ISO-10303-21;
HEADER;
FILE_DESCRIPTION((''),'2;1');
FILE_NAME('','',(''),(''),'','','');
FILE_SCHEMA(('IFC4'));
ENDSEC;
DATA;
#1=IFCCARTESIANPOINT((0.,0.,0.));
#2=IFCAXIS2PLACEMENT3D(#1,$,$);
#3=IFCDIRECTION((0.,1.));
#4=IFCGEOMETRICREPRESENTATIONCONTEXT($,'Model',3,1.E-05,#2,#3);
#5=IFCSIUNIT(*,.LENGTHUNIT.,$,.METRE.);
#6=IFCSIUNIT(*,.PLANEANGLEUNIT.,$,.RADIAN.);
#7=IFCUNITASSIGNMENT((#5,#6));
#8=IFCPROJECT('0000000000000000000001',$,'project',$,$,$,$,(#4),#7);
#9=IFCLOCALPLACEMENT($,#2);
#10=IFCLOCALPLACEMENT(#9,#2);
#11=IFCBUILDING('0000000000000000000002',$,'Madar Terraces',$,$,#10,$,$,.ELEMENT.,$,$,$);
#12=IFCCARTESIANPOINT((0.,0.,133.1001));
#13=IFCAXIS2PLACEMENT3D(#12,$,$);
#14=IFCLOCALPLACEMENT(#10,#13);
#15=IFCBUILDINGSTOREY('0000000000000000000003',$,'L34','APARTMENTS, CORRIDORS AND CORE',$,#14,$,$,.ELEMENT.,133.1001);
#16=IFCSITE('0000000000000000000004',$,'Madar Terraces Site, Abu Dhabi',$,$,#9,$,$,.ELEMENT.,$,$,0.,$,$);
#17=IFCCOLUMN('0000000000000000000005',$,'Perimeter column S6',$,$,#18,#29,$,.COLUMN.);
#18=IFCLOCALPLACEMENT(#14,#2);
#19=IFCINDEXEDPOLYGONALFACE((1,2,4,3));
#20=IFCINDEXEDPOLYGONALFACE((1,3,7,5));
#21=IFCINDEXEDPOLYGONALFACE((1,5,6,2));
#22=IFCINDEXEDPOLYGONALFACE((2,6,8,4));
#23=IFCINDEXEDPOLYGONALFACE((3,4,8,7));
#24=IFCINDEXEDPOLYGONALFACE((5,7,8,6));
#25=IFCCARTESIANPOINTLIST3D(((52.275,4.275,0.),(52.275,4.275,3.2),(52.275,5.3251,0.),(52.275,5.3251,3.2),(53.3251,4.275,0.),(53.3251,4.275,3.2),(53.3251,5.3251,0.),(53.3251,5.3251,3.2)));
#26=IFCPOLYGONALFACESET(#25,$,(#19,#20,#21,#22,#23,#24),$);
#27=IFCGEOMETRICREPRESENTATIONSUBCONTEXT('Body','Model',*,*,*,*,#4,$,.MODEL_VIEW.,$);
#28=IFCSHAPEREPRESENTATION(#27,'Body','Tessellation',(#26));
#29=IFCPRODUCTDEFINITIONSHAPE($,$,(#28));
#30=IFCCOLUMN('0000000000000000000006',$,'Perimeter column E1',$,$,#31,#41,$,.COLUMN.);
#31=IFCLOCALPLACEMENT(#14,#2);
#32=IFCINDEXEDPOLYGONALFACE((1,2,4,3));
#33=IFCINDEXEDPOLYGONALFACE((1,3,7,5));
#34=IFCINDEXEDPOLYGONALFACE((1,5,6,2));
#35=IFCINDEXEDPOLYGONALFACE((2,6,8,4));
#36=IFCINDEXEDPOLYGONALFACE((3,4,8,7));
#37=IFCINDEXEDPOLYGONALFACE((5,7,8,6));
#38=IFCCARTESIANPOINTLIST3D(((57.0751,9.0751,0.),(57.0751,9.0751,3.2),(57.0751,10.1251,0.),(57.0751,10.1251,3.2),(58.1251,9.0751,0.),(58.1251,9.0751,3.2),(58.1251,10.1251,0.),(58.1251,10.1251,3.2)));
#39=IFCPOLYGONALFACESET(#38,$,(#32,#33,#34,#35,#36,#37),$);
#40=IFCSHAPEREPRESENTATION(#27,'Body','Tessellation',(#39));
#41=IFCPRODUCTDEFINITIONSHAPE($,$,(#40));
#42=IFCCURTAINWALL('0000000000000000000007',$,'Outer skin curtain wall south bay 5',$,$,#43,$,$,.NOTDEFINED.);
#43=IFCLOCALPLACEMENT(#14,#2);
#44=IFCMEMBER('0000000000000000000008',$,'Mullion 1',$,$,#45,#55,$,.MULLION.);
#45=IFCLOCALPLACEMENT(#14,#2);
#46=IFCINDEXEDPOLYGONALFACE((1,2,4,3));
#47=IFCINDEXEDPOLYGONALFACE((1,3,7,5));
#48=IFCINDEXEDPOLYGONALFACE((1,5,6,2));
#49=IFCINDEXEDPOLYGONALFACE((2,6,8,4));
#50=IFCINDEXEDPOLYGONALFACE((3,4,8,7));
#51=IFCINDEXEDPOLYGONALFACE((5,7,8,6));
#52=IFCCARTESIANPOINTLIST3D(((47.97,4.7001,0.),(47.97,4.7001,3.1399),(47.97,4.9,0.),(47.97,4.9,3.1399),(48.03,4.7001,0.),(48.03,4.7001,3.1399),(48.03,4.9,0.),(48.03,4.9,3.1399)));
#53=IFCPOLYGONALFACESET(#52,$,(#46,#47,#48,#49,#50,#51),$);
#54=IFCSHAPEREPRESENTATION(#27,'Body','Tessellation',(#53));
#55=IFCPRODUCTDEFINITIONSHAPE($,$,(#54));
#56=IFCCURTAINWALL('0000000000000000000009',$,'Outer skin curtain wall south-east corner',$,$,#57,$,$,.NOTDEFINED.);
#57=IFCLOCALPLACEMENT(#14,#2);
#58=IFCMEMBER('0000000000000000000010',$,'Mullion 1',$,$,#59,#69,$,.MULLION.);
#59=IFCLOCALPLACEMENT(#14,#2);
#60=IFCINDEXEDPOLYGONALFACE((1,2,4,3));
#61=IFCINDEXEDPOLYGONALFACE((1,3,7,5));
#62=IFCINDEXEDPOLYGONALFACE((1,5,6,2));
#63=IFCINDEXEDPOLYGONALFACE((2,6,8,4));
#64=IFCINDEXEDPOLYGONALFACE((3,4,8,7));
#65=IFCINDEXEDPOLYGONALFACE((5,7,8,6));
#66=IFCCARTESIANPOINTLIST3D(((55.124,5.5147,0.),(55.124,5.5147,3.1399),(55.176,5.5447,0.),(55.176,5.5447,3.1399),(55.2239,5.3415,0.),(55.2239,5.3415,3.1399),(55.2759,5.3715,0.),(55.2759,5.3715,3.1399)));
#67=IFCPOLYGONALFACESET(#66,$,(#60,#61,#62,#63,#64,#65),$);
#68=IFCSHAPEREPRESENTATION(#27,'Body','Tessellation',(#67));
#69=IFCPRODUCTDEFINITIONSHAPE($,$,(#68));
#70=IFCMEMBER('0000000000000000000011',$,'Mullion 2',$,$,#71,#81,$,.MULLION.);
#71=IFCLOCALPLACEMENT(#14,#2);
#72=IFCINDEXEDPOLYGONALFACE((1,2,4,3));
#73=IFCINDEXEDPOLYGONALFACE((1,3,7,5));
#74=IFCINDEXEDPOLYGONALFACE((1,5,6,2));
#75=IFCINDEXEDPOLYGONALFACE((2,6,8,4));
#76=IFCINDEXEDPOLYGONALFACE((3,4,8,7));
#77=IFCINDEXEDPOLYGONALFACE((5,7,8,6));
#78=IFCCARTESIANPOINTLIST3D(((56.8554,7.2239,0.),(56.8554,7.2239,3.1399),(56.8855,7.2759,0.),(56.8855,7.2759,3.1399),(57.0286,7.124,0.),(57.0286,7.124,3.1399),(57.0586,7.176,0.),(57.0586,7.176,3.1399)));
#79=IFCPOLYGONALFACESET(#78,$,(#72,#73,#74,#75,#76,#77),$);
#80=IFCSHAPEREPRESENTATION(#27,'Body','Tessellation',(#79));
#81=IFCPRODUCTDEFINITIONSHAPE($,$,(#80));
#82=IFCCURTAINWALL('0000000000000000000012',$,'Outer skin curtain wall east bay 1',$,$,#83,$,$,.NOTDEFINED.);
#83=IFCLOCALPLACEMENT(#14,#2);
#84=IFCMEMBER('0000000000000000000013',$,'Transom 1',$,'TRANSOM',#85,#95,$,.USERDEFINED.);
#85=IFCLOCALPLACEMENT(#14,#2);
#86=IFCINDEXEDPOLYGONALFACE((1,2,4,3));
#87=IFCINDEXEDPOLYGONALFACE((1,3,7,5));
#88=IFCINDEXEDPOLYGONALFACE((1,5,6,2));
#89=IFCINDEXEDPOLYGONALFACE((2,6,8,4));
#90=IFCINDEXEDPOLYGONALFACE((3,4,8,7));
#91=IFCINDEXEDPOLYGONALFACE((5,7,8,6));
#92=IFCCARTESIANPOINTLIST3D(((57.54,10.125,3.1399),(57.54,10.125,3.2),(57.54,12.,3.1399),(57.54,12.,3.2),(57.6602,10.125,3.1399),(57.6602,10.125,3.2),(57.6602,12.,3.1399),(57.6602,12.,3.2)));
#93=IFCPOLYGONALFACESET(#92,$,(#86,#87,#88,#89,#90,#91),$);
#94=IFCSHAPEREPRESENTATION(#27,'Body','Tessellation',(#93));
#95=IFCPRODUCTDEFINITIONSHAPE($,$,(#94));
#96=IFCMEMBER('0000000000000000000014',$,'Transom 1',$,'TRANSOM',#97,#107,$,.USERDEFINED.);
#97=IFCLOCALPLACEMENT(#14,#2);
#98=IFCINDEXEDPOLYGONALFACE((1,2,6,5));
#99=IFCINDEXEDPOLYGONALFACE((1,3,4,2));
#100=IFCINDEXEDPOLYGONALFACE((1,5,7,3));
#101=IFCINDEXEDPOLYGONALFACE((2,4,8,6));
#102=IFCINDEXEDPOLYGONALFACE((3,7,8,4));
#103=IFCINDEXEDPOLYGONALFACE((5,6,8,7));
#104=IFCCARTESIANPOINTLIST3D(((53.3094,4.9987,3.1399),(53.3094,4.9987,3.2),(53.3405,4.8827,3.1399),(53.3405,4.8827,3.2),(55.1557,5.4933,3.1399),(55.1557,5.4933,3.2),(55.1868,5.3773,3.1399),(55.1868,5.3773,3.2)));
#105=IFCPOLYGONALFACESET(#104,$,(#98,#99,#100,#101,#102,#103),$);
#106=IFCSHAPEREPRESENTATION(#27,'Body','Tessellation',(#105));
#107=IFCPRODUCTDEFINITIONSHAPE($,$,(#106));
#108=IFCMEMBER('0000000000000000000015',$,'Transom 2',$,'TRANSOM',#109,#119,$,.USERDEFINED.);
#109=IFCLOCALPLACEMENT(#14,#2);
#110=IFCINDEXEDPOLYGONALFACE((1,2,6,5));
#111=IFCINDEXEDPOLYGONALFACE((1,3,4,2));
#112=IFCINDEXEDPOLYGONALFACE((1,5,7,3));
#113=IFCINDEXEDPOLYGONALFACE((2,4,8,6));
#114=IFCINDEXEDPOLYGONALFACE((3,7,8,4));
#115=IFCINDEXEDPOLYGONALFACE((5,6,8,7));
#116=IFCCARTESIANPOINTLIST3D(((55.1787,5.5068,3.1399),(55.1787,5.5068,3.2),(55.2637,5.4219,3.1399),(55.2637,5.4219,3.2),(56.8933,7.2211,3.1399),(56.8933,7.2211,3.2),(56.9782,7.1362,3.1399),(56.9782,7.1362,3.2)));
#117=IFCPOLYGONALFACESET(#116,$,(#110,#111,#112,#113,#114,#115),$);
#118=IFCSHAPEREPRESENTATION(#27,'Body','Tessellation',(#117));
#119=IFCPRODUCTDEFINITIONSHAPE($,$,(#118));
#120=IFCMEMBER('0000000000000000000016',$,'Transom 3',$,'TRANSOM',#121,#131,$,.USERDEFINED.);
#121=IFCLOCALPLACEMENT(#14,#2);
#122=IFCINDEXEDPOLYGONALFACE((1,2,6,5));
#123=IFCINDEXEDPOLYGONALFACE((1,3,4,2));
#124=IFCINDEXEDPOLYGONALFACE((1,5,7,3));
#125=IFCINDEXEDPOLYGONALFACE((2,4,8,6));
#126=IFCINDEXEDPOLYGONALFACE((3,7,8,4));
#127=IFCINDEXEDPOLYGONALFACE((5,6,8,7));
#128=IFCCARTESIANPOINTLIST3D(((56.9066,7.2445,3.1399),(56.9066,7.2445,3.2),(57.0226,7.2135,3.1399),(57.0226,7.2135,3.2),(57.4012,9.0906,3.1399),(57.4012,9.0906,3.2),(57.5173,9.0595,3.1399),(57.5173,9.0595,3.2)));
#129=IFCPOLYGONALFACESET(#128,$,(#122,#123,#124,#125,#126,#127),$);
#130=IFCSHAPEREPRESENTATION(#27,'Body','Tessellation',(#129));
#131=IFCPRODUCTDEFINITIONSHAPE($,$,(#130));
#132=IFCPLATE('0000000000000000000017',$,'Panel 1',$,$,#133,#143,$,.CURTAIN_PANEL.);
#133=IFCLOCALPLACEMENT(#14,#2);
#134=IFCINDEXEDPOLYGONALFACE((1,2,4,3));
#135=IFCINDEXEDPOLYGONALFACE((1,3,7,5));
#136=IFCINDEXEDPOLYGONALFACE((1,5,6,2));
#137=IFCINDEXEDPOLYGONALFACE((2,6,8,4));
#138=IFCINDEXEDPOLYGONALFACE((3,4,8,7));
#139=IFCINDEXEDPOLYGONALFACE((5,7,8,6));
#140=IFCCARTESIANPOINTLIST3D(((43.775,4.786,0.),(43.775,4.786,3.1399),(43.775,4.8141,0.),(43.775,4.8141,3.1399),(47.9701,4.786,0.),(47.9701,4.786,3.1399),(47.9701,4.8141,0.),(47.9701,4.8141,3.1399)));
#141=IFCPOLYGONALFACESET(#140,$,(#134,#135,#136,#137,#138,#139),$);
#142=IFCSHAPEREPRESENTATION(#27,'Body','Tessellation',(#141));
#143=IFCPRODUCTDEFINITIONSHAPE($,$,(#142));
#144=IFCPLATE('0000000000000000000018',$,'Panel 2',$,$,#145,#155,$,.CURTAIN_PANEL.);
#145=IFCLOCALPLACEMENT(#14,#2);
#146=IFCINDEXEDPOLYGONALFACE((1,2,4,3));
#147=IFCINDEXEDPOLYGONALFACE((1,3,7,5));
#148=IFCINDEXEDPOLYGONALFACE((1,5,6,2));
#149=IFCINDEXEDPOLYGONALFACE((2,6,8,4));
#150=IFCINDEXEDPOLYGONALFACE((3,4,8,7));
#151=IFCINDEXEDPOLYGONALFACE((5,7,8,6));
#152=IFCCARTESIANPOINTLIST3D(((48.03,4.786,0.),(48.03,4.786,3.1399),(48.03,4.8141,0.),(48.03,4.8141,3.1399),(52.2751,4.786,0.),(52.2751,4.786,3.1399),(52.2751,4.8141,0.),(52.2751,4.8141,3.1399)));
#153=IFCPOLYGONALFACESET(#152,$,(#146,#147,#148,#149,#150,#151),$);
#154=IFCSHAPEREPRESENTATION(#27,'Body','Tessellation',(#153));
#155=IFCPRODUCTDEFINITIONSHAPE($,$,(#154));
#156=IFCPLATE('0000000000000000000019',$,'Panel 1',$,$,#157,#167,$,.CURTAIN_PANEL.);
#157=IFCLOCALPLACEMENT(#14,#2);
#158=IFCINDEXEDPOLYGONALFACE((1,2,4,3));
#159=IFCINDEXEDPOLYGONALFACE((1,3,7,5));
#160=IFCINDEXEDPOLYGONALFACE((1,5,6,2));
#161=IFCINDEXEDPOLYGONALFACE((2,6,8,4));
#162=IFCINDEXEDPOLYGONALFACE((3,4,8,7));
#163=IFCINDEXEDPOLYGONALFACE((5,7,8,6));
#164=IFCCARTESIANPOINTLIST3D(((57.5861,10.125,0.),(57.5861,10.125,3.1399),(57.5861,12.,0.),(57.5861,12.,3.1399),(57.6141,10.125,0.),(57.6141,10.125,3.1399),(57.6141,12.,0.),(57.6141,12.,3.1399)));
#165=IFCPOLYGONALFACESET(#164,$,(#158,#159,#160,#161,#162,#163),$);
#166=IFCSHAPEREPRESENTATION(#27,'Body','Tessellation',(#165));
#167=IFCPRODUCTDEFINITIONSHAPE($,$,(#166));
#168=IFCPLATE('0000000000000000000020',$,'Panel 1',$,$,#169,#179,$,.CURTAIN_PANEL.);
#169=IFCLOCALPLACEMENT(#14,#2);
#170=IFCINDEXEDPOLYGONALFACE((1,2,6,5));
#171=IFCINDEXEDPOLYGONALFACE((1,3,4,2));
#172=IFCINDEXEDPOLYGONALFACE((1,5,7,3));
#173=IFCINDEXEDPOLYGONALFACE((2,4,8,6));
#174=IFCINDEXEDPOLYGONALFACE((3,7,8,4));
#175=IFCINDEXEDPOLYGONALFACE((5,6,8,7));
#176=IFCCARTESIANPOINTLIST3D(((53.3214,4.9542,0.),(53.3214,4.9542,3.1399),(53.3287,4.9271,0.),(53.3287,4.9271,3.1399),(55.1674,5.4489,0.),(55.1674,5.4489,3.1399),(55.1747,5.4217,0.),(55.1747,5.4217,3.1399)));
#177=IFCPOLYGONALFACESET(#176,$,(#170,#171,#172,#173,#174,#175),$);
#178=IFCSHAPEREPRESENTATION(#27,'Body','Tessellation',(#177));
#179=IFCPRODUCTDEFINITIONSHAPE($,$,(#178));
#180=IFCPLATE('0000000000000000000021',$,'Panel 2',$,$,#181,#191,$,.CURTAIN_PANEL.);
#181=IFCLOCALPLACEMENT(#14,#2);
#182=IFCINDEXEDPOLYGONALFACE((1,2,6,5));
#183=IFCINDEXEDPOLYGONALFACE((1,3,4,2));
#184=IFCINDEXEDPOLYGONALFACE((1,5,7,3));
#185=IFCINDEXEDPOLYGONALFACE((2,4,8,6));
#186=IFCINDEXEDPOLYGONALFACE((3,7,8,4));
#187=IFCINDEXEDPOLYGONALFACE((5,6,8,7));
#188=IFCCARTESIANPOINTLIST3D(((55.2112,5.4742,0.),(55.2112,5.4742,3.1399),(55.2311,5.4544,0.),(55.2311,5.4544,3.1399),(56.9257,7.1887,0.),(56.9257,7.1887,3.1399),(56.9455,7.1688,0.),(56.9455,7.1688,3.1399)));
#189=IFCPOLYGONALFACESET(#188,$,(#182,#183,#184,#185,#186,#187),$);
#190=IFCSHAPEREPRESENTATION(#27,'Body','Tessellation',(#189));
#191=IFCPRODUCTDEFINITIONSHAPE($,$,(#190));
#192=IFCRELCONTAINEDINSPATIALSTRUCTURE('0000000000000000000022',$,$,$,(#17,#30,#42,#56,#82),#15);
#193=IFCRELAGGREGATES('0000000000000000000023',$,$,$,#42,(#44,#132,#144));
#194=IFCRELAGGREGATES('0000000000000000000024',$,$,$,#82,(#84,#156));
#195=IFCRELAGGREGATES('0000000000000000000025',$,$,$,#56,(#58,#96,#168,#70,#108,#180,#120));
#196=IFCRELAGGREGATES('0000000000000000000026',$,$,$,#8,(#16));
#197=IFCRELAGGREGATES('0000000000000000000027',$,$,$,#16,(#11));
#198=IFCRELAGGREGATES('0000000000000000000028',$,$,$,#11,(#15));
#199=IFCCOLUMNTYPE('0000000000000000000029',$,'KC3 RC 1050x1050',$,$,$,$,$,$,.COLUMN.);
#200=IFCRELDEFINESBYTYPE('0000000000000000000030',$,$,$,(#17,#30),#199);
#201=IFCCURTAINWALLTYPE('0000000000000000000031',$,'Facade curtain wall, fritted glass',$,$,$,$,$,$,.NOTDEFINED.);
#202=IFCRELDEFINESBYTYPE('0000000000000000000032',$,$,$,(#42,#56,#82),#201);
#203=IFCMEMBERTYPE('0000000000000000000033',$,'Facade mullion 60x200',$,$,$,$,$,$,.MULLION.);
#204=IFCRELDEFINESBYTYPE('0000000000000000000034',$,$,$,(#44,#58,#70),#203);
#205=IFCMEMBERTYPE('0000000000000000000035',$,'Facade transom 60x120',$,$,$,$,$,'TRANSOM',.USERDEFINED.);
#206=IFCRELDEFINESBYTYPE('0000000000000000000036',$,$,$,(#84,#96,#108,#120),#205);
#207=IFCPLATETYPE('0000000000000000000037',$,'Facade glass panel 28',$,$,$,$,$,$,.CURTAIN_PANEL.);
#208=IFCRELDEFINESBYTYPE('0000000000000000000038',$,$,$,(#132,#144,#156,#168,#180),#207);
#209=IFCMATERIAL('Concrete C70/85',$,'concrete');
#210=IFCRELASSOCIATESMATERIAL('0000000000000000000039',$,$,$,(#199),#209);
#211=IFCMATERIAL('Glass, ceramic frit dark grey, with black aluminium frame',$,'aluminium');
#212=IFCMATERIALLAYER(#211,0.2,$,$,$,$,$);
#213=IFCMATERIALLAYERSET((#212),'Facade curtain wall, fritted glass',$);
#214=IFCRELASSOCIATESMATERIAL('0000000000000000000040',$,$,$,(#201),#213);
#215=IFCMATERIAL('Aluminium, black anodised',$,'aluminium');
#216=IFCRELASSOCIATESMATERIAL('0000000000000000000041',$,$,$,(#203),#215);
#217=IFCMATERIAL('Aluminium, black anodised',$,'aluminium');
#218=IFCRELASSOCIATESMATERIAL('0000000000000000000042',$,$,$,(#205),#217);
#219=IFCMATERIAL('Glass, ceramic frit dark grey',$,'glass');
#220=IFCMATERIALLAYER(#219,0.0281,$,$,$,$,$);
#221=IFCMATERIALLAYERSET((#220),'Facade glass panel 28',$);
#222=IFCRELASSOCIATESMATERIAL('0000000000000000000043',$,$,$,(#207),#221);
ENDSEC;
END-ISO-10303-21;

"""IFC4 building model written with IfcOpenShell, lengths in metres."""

from ifc_helpers import new_model, si_unit, direction, frame, origin, origin_2d, place, context, subcontext, project, spatial, rectangle, extrude, material, layer, layer_set, material_profile, profile_set, type_object, element, aggregate, save


model = new_model("IFC4")

# Units and contexts
model_context = context("Model", 3, precision=1e-05, world=origin(), true_north=direction((0.0, 1.0)))
body_context = subcontext(model_context, "Body", "Model", "MODEL_VIEW")
ifc_project = project(units=[si_unit("LENGTHUNIT", "METRE"), si_unit("PLANEANGLEUNIT", "RADIAN")], contexts=[model_context])

# Site, building, storey
site_placement = place(None, origin())
site = spatial("IfcSite", under=ifc_project, at=site_placement, Name="Madar Terraces Site, Abu Dhabi", CompositionType="ELEMENT", RefElevation=0.0)
building_placement = place(site_placement, origin())
building = spatial("IfcBuilding", under=site, at=building_placement, Name="Madar Terraces", CompositionType="ELEMENT")
storey_placement = place(building_placement, frame((0.0, 0.0, 133.1001)))
storey = spatial("IfcBuildingStorey", under=building, at=storey_placement, Name="L34", Description="APARTMENTS, CORRIDORS AND CORE", CompositionType="ELEMENT", Elevation=133.1001)

# Columns
ifc_material_1 = material(Name="Concrete C70/85", Category="concrete")
ifc_material_profile_1 = material_profile(ifc_material_1, rectangle(XDim=1.05, YDim=1.05, at=origin_2d()), Name="KC3 RC 1050x1050")
ifc_profile_set_1 = profile_set([ifc_material_profile_1], Name="Concrete C70/85")
column_type = type_object("IfcColumnType", Name="KC3 RC 1050x1050", PredefinedType="COLUMN", material=ifc_profile_set_1)
for number, where, z_axis, x_axis, name in (
    (1, (52.8, 4.8, 0.0), (0.0, 0.0, 1.0), (1.0, 0.0, 0.0), "Perimeter column S6"),
    (2, (57.6001, 9.6001, 0.0), (0.0, 0.0, 1.0), (1.0, 0.0, 0.0), "Perimeter column E1"),
):
    element("IfcColumn", number, at=place(storey_placement, frame(where, z_axis=z_axis, x_axis=x_axis)), inside=storey, type_object=column_type, Name=name, PredefinedType="COLUMN", context=body_context, shape_type="SweptSolid", body=[
        extrude(rectangle(XDim=1.05, YDim=1.05, at=origin_2d()), origin(), (0.0, 0.0, 1.0), 3.2),
    ])

# Curtain wall, member
ifc_material_2 = material(Name="Glass, ceramic frit dark grey, with black aluminium frame", Category="aluminium")
ifc_layer_1 = layer(ifc_material_2, 0.2)
ifc_layer_set_1 = layer_set([ifc_layer_1], Name="Facade curtain wall, fritted glass")
curtain_wall_type = type_object("IfcCurtainWallType", Name="Facade curtain wall, fritted glass", PredefinedType="NOTDEFINED", material=ifc_layer_set_1)
curtain_wall_1_placement = place(storey_placement, origin())
curtain_wall_1 = element("IfcCurtainWall", 3, at=curtain_wall_1_placement, inside=storey, type_object=curtain_wall_type, Name="Outer skin curtain wall south bay 5", PredefinedType="NOTDEFINED")
ifc_material_3 = material(Name="Aluminium, black anodised", Category="aluminium")
ifc_material_profile_2 = material_profile(ifc_material_3, rectangle(XDim=0.2, YDim=0.0601, at=origin_2d()), Name="Facade mullion 60x200")
ifc_profile_set_2 = profile_set([ifc_material_profile_2], Name="Aluminium, black anodised")
member_type_1 = type_object("IfcMemberType", Name="Facade mullion 60x200", PredefinedType="MULLION", material=ifc_profile_set_2)
member_1_placement = place(storey_placement, frame((48.0, 4.8, 0.0), z_axis=(0.0, 0.0, 1.0), x_axis=(0.0, 1.0, 0.0)))
member_1 = element("IfcMember", 4, at=member_1_placement, type_object=member_type_1, Name="Mullion 1", PredefinedType="MULLION", context=body_context, shape_type="SweptSolid", body=[
    extrude(rectangle(XDim=0.2, YDim=0.0601, at=origin_2d()), origin(), (0.0, 0.0, 1.0), 3.1399),
])

# Curtain wall, members
curtain_wall_2_placement = place(storey_placement, origin())
curtain_wall_2 = element("IfcCurtainWall", 5, at=curtain_wall_2_placement, inside=storey, type_object=curtain_wall_type, Name="Outer skin curtain wall south-east corner", PredefinedType="NOTDEFINED")
member_2_placement = place(storey_placement, frame((55.2, 5.4431, 0.0), z_axis=(0.0, 0.0, 1.0), x_axis=(-0.5, 0.866025, 0.0)))
member_2 = element("IfcMember", 6, at=member_2_placement, type_object=member_type_1, Name="Mullion 1", PredefinedType="MULLION", context=body_context, shape_type="SweptSolid", body=[
    extrude(rectangle(XDim=0.2, YDim=0.0601, at=origin_2d()), origin(), (0.0, 0.0, 1.0), 3.1399),
])
member_3_placement = place(storey_placement, frame((56.957, 7.2, 0.0), z_axis=(0.0, 0.0, 1.0), x_axis=(-0.866025, 0.5, 0.0)))
member_3 = element("IfcMember", 7, at=member_3_placement, type_object=member_type_1, Name="Mullion 2", PredefinedType="MULLION", context=body_context, shape_type="SweptSolid", body=[
    extrude(rectangle(XDim=0.2, YDim=0.0601, at=origin_2d()), origin(), (0.0, 0.0, 1.0), 3.1399),
])

# Curtain wall, member
curtain_wall_3_placement = place(storey_placement, origin())
curtain_wall_3 = element("IfcCurtainWall", 8, at=curtain_wall_3_placement, inside=storey, type_object=curtain_wall_type, Name="Outer skin curtain wall east bay 1", PredefinedType="NOTDEFINED")
ifc_material_4 = material(Name="Aluminium, black anodised", Category="aluminium")
ifc_material_profile_3 = material_profile(ifc_material_4, rectangle(XDim=0.1201, YDim=0.0601, at=origin_2d()), Name="Facade transom 60x120")
ifc_profile_set_3 = profile_set([ifc_material_profile_3], Name="Aluminium, black anodised")
member_type_2 = type_object("IfcMemberType", Name="Facade transom 60x120", ElementType="TRANSOM", PredefinedType="USERDEFINED", material=ifc_profile_set_3)
member_4_placement = place(storey_placement, frame((57.6001, 10.125, 3.1699), z_axis=(0.0, 1.0, 0.0), x_axis=(-1.0, 0.0, 0.0)))
member_4 = element("IfcMember", 9, at=member_4_placement, type_object=member_type_2, Name="Transom 1", ObjectType="TRANSOM", PredefinedType="USERDEFINED", context=body_context, shape_type="SweptSolid", body=[
    extrude(rectangle(XDim=0.1201, YDim=0.0601, at=origin_2d()), origin(), (0.0, 0.0, 1.0), 1.875),
])

# Members
member_5_placement = place(storey_placement, frame((53.325, 4.9407, 3.1699), z_axis=(0.965933, 0.258791, 0.0), x_axis=(-0.258791, 0.965933, 0.0)))
member_5 = element("IfcMember", 10, at=member_5_placement, type_object=member_type_2, Name="Transom 1", ObjectType="TRANSOM", PredefinedType="USERDEFINED", context=body_context, shape_type="SweptSolid", body=[
    extrude(rectangle(XDim=0.1201, YDim=0.0601, at=origin_2d()), origin(), (0.0, 0.0, 1.0), 1.9114),
])
member_6_placement = place(storey_placement, frame((55.2212, 5.4644, 3.1699), z_axis=(0.707157, 0.707056, 0.0), x_axis=(-0.707056, 0.707157, 0.0)))
member_6 = element("IfcMember", 11, at=member_6_placement, type_object=member_type_2, Name="Transom 2", ObjectType="TRANSOM", PredefinedType="USERDEFINED", context=body_context, shape_type="SweptSolid", body=[
    extrude(rectangle(XDim=0.1201, YDim=0.0601, at=origin_2d()), origin(), (0.0, 0.0, 1.0), 2.4246),
])
member_7_placement = place(storey_placement, frame((56.9646, 7.229, 3.1699), z_axis=(0.258823, 0.965925, 0.0), x_axis=(-0.965925, 0.258823, 0.0)))
member_7 = element("IfcMember", 12, at=member_7_placement, type_object=member_type_2, Name="Transom 3", ObjectType="TRANSOM", PredefinedType="USERDEFINED", context=body_context, shape_type="SweptSolid", body=[
    extrude(rectangle(XDim=0.1201, YDim=0.0601, at=origin_2d()), origin(), (0.0, 0.0, 1.0), 1.9111),
])

# Plates
ifc_material_5 = material(Name="Glass, ceramic frit dark grey", Category="glass")
ifc_layer_2 = layer(ifc_material_5, 0.0281)
ifc_layer_set_2 = layer_set([ifc_layer_2], Name="Facade glass panel 28")
plate_type = type_object("IfcPlateType", Name="Facade glass panel 28", PredefinedType="CURTAIN_PANEL", material=ifc_layer_set_2)
plate_1_placement = place(storey_placement, frame((45.8726, 4.8, 0.0), z_axis=(0.0, 0.0, 1.0), x_axis=(1.0, 0.0, 0.0)))
plate_1 = element("IfcPlate", 13, at=plate_1_placement, type_object=plate_type, Name="Panel 1", PredefinedType="CURTAIN_PANEL", context=body_context, shape_type="SweptSolid", body=[
    extrude(rectangle(XDim=4.1951, YDim=0.0281, at=origin_2d()), origin(), (0.0, 0.0, 1.0), 3.1399),
])
plate_2_placement = place(storey_placement, frame((50.1526, 4.8, 0.0), z_axis=(0.0, 0.0, 1.0), x_axis=(1.0, 0.0, 0.0)))
plate_2 = element("IfcPlate", 14, at=plate_2_placement, type_object=plate_type, Name="Panel 2", PredefinedType="CURTAIN_PANEL", context=body_context, shape_type="SweptSolid", body=[
    extrude(rectangle(XDim=4.2451, YDim=0.0281, at=origin_2d()), origin(), (0.0, 0.0, 1.0), 3.1399),
])
aggregate(curtain_wall_1, [member_1, plate_1, plate_2])
plate_3_placement = place(storey_placement, frame((57.6001, 11.0625, 0.0), z_axis=(0.0, 0.0, 1.0), x_axis=(0.0, 1.0, 0.0)))
plate_3 = element("IfcPlate", 15, at=plate_3_placement, type_object=plate_type, Name="Panel 1", PredefinedType="CURTAIN_PANEL", context=body_context, shape_type="SweptSolid", body=[
    extrude(rectangle(XDim=1.875, YDim=0.0281, at=origin_2d()), origin(), (0.0, 0.0, 1.0), 3.1399),
])
aggregate(curtain_wall_3, [member_4, plate_3])
plate_4_placement = place(storey_placement, frame((54.248, 5.188, 0.0), z_axis=(0.0, 0.0, 1.0), x_axis=(0.965926, 0.258819, 0.0)))
plate_4 = element("IfcPlate", 16, at=plate_4_placement, type_object=plate_type, Name="Panel 1", PredefinedType="CURTAIN_PANEL", context=body_context, shape_type="SweptSolid", body=[
    extrude(rectangle(XDim=1.9111, YDim=0.0281, at=origin_2d()), origin(), (0.0, 0.0, 1.0), 3.1399),
])
plate_5_placement = place(storey_placement, frame((56.0784, 6.3215, 0.0), z_axis=(0.0, 0.0, 1.0), x_axis=(0.707107, 0.707107, 0.0)))
plate_5 = element("IfcPlate", 17, at=plate_5_placement, type_object=plate_type, Name="Panel 2", PredefinedType="CURTAIN_PANEL", context=body_context, shape_type="SweptSolid", body=[
    extrude(rectangle(XDim=2.4246, YDim=0.0281, at=origin_2d()), origin(), (0.0, 0.0, 1.0), 3.1399),
])
aggregate(curtain_wall_2, [member_2, member_5, plate_4, member_3, member_6, plate_5, member_7])

save(model, "model.ifc")
